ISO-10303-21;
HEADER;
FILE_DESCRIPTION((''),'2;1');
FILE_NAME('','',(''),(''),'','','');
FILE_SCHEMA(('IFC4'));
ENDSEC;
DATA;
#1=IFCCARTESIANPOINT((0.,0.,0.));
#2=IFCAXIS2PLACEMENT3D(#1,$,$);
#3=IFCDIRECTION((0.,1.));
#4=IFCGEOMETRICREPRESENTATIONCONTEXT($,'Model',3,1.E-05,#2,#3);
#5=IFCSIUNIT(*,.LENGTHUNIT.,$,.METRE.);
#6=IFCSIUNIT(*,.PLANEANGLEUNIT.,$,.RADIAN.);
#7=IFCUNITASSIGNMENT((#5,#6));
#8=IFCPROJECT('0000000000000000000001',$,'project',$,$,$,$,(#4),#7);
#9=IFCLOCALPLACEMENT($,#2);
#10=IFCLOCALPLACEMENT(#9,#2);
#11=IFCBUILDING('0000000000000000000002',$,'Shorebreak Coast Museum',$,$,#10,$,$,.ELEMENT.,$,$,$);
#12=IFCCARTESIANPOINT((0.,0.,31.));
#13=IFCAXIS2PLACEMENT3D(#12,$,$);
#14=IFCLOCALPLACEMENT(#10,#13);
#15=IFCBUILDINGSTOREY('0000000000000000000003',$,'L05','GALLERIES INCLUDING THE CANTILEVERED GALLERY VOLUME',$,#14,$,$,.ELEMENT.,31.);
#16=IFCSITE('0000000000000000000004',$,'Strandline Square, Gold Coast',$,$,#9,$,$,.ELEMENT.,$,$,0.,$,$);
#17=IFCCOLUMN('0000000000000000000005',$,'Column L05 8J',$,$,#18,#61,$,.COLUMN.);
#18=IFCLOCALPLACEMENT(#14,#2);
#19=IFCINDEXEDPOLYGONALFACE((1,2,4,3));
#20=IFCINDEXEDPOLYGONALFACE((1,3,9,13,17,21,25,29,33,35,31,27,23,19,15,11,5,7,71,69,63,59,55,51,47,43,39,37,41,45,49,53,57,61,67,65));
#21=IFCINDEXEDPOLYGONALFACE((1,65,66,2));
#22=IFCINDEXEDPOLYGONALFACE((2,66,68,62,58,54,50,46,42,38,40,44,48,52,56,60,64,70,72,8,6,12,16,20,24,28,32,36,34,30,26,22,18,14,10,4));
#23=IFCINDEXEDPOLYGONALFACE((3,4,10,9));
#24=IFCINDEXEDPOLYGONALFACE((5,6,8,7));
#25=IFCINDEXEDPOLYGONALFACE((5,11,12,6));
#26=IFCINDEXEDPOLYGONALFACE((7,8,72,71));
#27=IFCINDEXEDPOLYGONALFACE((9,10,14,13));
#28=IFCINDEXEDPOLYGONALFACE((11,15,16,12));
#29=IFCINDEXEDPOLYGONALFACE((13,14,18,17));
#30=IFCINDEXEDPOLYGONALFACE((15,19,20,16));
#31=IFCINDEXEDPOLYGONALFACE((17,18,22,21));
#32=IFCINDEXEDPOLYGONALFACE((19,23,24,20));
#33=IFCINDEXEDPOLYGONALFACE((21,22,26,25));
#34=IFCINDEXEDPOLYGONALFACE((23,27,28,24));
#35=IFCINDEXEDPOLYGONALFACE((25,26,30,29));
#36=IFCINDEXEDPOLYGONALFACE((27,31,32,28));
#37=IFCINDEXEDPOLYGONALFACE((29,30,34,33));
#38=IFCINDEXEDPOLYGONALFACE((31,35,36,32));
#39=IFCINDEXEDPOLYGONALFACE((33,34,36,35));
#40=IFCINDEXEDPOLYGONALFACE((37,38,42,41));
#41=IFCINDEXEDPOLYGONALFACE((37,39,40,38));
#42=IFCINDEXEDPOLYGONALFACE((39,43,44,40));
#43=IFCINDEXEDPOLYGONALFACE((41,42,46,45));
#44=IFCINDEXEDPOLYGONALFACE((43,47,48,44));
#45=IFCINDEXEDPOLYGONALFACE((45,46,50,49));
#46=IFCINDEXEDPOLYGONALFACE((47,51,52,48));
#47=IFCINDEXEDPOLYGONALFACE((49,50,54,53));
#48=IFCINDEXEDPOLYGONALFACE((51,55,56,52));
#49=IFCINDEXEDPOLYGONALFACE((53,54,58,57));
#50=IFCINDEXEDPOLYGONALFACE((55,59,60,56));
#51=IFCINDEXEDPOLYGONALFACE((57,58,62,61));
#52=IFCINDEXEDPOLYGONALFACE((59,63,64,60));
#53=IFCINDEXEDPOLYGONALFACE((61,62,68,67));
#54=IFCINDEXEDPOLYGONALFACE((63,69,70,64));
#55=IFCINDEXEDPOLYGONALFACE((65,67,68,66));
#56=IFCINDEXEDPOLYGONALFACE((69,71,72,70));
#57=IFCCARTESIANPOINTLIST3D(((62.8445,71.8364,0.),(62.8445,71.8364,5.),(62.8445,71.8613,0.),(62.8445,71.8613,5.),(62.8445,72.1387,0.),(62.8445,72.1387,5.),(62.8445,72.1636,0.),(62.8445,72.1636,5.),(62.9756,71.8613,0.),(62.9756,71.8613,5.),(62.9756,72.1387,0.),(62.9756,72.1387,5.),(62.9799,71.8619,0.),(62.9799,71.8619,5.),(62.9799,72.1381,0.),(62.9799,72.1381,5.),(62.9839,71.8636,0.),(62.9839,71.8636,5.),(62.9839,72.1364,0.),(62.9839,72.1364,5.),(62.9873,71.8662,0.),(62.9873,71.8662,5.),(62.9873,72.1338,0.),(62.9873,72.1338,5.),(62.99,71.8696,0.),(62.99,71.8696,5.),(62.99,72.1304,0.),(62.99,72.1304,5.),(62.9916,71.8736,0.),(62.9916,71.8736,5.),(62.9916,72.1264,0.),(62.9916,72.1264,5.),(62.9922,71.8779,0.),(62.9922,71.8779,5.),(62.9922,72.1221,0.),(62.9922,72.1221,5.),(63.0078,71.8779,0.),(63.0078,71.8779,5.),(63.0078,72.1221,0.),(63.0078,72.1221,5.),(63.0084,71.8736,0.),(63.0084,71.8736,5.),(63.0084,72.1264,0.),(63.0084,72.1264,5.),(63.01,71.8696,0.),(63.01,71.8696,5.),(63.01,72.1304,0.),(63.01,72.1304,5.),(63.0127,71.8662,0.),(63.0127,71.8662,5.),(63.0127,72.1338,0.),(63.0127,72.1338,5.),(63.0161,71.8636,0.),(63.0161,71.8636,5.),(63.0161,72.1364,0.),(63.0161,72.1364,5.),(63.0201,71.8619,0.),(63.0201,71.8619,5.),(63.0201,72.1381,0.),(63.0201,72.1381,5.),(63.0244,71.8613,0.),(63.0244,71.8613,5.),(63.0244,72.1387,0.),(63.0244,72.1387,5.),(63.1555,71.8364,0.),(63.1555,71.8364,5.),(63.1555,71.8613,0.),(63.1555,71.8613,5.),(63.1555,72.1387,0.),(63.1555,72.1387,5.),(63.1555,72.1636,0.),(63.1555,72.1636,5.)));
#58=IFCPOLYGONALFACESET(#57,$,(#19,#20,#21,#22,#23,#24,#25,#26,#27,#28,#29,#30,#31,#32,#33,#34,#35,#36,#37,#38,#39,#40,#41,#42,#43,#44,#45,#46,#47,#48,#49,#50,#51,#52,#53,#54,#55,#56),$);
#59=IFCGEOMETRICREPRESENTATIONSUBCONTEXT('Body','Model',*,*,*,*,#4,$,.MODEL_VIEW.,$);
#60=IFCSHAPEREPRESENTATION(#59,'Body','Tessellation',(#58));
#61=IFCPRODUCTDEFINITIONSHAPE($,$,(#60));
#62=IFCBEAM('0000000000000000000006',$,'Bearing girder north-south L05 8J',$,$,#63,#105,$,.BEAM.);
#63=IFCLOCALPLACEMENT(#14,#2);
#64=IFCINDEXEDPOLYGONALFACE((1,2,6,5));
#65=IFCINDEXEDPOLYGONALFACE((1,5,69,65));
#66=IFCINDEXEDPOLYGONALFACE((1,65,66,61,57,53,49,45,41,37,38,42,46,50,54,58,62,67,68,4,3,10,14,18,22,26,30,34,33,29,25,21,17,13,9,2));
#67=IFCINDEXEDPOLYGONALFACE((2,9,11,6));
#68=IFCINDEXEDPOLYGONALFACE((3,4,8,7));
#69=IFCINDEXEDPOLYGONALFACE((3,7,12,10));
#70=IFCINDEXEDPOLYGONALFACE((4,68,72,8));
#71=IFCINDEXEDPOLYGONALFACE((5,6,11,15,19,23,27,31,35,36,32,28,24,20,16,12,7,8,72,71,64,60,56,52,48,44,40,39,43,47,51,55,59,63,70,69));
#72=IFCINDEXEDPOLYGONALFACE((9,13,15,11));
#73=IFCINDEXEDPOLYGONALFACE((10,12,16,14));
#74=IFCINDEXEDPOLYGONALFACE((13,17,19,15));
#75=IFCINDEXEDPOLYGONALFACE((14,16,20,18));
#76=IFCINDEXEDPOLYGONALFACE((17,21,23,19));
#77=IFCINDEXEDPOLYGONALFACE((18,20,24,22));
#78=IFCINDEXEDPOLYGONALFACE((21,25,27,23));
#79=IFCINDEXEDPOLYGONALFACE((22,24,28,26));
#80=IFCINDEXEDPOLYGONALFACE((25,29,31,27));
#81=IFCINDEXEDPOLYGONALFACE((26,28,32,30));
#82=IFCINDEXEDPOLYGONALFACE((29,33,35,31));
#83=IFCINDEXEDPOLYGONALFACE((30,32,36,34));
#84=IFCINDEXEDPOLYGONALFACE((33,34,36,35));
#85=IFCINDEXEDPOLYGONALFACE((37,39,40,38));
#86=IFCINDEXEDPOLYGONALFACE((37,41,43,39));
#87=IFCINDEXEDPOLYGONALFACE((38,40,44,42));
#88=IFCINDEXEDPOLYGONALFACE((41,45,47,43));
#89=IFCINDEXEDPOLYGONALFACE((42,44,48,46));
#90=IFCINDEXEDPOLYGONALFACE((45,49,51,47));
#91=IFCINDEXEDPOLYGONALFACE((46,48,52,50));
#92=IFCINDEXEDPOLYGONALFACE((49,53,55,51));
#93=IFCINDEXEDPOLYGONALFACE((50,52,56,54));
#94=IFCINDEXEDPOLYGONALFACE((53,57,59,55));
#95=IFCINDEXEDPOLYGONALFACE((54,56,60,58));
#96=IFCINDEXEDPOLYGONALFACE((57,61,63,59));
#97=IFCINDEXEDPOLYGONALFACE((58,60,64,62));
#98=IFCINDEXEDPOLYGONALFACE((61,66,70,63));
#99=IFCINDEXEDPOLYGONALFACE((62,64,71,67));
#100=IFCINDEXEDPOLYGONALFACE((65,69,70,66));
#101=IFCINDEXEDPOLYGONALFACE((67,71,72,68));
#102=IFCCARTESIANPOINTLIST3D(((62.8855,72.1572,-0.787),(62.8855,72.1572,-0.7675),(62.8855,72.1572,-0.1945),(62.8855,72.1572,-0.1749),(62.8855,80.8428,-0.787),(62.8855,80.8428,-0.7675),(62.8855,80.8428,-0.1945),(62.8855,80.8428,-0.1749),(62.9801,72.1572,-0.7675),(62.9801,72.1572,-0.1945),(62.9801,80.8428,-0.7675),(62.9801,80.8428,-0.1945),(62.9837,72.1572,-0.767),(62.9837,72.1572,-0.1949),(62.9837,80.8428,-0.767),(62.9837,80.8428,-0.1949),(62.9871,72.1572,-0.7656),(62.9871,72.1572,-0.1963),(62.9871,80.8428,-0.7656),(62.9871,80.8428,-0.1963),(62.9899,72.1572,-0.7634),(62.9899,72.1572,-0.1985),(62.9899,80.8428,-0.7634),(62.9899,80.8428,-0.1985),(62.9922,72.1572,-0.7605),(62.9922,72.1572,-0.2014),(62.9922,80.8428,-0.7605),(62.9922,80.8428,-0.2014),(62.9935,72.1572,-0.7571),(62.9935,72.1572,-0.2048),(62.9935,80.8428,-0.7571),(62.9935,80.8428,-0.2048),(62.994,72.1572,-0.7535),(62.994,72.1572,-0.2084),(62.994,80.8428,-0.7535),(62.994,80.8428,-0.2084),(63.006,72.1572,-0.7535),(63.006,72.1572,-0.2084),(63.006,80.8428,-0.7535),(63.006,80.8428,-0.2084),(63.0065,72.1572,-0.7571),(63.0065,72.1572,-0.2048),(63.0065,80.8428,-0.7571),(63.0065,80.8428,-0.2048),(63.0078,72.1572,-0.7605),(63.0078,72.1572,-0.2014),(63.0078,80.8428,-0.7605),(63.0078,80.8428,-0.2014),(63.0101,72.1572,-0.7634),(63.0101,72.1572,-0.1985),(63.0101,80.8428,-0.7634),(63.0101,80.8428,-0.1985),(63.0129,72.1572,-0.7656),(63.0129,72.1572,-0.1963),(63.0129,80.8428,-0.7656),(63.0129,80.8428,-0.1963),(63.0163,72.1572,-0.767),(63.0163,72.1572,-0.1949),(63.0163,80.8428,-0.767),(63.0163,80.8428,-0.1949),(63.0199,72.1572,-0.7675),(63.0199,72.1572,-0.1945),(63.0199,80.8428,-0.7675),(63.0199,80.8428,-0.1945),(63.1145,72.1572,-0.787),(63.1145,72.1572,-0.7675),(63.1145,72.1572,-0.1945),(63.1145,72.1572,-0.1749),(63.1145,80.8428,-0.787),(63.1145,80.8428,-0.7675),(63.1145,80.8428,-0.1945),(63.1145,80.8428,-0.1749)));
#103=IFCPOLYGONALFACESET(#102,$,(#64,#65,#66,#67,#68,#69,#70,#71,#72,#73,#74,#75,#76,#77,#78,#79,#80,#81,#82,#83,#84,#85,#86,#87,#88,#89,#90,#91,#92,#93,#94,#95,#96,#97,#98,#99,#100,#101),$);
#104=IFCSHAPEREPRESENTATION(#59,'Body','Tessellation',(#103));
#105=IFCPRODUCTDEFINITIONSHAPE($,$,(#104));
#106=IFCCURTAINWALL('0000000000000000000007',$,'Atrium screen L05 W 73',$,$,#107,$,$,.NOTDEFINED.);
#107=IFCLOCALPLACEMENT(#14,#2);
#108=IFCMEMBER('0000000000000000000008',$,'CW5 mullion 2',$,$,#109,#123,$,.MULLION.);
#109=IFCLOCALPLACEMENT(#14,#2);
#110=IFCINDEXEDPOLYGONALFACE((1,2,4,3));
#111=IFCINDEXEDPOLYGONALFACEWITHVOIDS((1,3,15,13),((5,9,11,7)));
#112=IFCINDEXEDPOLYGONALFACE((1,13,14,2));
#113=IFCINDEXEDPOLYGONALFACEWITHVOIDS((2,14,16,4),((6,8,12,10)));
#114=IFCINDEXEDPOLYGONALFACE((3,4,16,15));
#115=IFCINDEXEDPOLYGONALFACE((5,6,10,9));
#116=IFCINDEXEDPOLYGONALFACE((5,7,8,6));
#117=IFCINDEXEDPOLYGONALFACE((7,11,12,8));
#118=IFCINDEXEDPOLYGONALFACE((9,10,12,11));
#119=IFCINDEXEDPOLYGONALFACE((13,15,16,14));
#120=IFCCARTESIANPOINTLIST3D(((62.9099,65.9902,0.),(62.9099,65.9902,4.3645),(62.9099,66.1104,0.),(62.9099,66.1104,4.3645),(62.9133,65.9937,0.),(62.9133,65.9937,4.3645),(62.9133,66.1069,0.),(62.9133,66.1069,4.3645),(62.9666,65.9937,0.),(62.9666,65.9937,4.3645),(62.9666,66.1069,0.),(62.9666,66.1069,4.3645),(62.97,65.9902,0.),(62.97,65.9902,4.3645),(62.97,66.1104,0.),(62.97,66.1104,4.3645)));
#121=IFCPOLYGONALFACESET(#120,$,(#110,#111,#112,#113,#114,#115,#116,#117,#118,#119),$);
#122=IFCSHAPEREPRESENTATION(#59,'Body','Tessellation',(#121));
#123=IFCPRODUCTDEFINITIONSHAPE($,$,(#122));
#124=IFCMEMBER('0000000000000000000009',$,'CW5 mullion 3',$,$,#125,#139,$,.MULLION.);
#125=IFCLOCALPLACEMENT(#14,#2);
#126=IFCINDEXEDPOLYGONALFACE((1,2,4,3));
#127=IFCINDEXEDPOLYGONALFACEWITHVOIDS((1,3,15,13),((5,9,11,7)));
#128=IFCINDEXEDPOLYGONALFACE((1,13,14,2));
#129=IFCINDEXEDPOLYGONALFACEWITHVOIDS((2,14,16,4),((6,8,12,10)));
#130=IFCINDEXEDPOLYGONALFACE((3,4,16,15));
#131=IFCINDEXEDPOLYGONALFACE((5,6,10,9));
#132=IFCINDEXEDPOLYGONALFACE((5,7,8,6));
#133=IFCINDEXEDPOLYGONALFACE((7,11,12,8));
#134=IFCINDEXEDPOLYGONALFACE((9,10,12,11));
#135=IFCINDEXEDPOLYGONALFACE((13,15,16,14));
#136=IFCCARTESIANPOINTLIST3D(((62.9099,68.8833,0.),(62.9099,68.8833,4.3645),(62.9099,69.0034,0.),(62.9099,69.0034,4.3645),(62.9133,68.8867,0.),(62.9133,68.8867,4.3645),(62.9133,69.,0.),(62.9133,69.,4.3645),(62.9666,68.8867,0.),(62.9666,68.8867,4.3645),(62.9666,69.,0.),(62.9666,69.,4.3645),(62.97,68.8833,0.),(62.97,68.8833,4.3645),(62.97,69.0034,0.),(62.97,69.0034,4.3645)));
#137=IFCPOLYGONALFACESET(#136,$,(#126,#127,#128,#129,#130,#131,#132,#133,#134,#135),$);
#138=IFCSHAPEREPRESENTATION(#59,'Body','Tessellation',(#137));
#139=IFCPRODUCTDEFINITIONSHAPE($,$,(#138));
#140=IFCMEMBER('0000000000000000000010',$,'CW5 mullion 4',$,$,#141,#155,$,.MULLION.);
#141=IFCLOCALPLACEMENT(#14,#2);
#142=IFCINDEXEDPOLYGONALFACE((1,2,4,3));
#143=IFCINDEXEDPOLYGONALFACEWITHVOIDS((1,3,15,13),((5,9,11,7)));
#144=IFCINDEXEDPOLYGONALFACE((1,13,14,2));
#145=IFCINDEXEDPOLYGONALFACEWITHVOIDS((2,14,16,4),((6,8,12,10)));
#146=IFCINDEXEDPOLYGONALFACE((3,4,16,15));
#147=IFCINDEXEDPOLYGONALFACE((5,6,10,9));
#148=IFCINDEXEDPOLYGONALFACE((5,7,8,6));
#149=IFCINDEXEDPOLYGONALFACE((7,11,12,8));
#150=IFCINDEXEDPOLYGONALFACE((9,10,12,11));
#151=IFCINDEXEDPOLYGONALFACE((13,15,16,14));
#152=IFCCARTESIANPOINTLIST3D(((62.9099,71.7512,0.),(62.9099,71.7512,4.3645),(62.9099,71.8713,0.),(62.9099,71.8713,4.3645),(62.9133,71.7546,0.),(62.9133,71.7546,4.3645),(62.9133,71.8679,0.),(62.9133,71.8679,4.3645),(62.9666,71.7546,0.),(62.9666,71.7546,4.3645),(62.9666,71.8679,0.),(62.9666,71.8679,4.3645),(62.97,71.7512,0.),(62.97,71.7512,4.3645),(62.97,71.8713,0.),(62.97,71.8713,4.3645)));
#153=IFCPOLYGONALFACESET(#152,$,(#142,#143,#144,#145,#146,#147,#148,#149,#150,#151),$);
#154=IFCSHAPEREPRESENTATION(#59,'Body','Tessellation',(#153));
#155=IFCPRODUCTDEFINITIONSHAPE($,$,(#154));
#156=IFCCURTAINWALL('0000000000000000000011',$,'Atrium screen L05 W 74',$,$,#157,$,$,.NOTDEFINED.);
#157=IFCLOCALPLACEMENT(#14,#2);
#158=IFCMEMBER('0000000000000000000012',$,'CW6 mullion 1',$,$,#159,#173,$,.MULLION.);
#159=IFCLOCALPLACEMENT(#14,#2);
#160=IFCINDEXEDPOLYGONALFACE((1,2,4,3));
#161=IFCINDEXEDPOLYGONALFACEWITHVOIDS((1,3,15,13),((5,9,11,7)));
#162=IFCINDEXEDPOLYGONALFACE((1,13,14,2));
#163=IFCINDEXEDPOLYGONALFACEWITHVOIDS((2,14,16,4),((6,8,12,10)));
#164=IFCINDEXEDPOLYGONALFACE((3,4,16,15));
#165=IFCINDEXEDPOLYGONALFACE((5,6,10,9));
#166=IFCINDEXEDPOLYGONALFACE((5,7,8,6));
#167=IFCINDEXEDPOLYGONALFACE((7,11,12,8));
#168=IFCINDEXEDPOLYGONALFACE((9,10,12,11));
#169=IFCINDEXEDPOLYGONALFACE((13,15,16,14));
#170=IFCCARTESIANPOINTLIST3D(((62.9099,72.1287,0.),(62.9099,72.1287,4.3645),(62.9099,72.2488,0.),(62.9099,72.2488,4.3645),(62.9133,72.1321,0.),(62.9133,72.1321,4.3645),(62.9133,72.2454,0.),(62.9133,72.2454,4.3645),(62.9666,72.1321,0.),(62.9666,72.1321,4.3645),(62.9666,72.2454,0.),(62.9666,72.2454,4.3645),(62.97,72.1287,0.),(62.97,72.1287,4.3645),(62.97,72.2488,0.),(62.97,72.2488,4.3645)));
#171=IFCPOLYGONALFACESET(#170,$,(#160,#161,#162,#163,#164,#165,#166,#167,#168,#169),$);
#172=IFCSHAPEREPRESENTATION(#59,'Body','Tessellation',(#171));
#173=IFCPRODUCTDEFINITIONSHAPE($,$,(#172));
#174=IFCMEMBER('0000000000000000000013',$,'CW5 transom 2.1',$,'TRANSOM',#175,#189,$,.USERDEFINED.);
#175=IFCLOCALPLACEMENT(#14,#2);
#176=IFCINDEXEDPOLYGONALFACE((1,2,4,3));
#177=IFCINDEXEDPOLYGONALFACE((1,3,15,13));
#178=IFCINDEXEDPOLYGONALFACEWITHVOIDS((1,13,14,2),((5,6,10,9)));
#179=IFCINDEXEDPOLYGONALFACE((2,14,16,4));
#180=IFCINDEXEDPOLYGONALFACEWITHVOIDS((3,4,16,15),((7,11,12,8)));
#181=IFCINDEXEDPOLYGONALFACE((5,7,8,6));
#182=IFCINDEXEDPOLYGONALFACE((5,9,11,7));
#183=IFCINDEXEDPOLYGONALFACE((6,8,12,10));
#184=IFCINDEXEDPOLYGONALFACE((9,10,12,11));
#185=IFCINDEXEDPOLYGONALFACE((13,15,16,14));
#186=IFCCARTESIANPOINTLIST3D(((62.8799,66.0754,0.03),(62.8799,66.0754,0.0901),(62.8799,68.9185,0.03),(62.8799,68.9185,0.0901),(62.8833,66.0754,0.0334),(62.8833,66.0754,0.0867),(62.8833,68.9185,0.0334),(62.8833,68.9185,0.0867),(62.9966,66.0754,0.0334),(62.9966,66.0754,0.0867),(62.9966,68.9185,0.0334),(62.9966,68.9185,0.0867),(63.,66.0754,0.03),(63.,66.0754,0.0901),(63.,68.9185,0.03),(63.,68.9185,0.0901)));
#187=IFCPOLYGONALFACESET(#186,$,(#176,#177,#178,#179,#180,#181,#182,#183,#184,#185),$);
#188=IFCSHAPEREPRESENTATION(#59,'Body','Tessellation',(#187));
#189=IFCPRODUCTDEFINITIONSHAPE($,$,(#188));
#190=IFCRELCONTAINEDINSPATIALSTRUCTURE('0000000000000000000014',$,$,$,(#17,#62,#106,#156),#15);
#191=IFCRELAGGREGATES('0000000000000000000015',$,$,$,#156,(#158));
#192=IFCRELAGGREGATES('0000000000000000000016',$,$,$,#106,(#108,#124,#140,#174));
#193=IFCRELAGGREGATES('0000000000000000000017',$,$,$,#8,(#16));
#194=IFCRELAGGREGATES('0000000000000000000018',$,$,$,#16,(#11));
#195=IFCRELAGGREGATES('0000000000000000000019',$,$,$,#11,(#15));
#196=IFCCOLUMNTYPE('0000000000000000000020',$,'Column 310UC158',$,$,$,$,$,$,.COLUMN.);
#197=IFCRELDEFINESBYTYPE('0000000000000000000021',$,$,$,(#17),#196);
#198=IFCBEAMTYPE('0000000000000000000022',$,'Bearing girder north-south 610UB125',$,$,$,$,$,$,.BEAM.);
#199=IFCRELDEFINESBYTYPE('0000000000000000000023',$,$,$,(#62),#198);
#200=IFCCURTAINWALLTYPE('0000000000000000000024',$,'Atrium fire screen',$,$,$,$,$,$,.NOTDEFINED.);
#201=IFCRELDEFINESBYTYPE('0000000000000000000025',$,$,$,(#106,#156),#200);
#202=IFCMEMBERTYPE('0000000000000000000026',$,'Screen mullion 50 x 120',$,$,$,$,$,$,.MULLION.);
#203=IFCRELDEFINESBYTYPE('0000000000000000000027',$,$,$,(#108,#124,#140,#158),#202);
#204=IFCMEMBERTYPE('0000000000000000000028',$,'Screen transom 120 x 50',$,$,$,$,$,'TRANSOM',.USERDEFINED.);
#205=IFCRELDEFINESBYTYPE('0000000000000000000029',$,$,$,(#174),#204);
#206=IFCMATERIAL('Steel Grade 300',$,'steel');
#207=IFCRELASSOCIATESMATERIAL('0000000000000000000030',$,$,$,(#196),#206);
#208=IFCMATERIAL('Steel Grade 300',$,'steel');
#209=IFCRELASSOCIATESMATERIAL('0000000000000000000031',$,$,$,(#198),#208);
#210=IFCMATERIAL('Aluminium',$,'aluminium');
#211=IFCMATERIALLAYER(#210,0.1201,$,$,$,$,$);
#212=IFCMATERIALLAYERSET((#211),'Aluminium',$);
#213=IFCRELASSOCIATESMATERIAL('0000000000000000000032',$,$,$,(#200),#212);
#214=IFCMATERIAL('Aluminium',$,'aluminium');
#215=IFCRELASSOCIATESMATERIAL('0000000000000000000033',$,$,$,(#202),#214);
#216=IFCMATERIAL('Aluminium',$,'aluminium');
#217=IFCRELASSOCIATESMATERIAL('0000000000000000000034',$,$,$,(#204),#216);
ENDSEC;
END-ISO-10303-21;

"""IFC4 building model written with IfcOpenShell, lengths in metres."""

from ifc_helpers import new_model, si_unit, direction, frame, origin, origin_2d, place, context, subcontext, project, spatial, hollow_rectangle, i_section, extrude, material, layer, layer_set, material_profile, profile_set, type_object, element, aggregate, save


model = new_model("IFC4")

# Units and contexts
model_context = context("Model", 3, precision=1e-05, world=origin(), true_north=direction((0.0, 1.0)))
body_context = subcontext(model_context, "Body", "Model", "MODEL_VIEW")
ifc_project = project(units=[si_unit("LENGTHUNIT", "METRE"), si_unit("PLANEANGLEUNIT", "RADIAN")], contexts=[model_context])

# Site, building, storey
site_placement = place(None, origin())
site = spatial("IfcSite", under=ifc_project, at=site_placement, Name="Strandline Square, Gold Coast", CompositionType="ELEMENT", RefElevation=0.0)
building_placement = place(site_placement, origin())
building = spatial("IfcBuilding", under=site, at=building_placement, Name="Shorebreak Coast Museum", CompositionType="ELEMENT")
storey_placement = place(building_placement, frame((0.0, 0.0, 31.0)))
storey = spatial("IfcBuildingStorey", under=building, at=storey_placement, Name="L05", Description="GALLERIES INCLUDING THE CANTILEVERED GALLERY VOLUME", CompositionType="ELEMENT", Elevation=31.0)

# Column
ifc_material_1 = material(Name="Steel Grade 300", Category="steel")
ifc_material_profile_1 = material_profile(ifc_material_1, i_section(OverallWidth=0.311, OverallDepth=0.3271, WebThickness=0.0156, FlangeThickness=0.0249, FilletRadius=0.0166, at=origin_2d()), Name="310UC158")
ifc_profile_set_1 = profile_set([ifc_material_profile_1], Name="Steel Grade 300")
column_type = type_object("IfcColumnType", Name="Column 310UC158", PredefinedType="COLUMN", material=ifc_profile_set_1)
column_placement = place(storey_placement, frame((63.0, 72.0, 0.0), z_axis=(0.0, 0.0, 1.0), x_axis=(1.0, 0.0, 0.0)))
element("IfcColumn", 1, at=column_placement, inside=storey, type_object=column_type, Name="Column L05 8J", PredefinedType="COLUMN", context=body_context, shape_type="SweptSolid", body=[
    extrude(i_section(OverallWidth=0.311, OverallDepth=0.3271, WebThickness=0.0156, FlangeThickness=0.0249, FilletRadius=0.0166, at=origin_2d()), origin(), (0.0, 0.0, 1.0), 5.0),
])

# Beam
ifc_material_2 = material(Name="Steel Grade 300", Category="steel")
ifc_material_profile_2 = material_profile(ifc_material_2, i_section(OverallWidth=0.229, OverallDepth=0.6121, WebThickness=0.012, FlangeThickness=0.0195, FilletRadius=0.0139, at=origin_2d()), Name="610UB125")
ifc_profile_set_2 = profile_set([ifc_material_profile_2], Name="Steel Grade 300")
beam_type = type_object("IfcBeamType", Name="Bearing girder north-south 610UB125", PredefinedType="BEAM", material=ifc_profile_set_2)
beam_placement = place(storey_placement, frame((63.0, 72.1572, -0.481), z_axis=(0.0, 1.0, 0.0), x_axis=(-1.0, 0.0, 0.0)))
element("IfcBeam", 2, at=beam_placement, inside=storey, type_object=beam_type, Name="Bearing girder north-south L05 8J", PredefinedType="BEAM", context=body_context, shape_type="SweptSolid", body=[
    extrude(i_section(OverallWidth=0.229, OverallDepth=0.6121, WebThickness=0.012, FlangeThickness=0.0195, FilletRadius=0.0139, at=origin_2d()), origin(), (0.0, 0.0, 1.0), 8.6855),
])

# Curtain wall, members
ifc_material_3 = material(Name="Aluminium", Category="aluminium")
ifc_layer_1 = layer(ifc_material_3, 0.1201)
ifc_layer_set_1 = layer_set([ifc_layer_1], Name="Aluminium")
curtain_wall_type = type_object("IfcCurtainWallType", Name="Atrium fire screen", PredefinedType="NOTDEFINED", material=ifc_layer_set_1)
curtain_wall_1_placement = place(storey_placement, origin())
curtain_wall_1 = element("IfcCurtainWall", 3, at=curtain_wall_1_placement, inside=storey, type_object=curtain_wall_type, Name="Atrium screen L05 W 73", PredefinedType="NOTDEFINED")
ifc_material_4 = material(Name="Aluminium", Category="aluminium")
ifc_material_profile_3 = material_profile(ifc_material_4, hollow_rectangle(XDim=0.0601, YDim=0.1201, WallThickness=0.0034, at=origin_2d()), Name="AL 120x60 RHS")
ifc_profile_set_3 = profile_set([ifc_material_profile_3], Name="Aluminium")
member_type_1 = type_object("IfcMemberType", Name="Screen mullion 50 x 120", PredefinedType="MULLION", material=ifc_profile_set_3)
member_1_placement = place(storey_placement, frame((62.9399, 66.0503, 0.0), z_axis=(0.0, 0.0, 1.0), x_axis=(-1.0, 0.0, 0.0)))
member_1 = element("IfcMember", 4, at=member_1_placement, type_object=member_type_1, Name="CW5 mullion 2", PredefinedType="MULLION", context=body_context, shape_type="SweptSolid", body=[
    extrude(hollow_rectangle(XDim=0.0601, YDim=0.1201, WallThickness=0.0034, at=origin_2d()), origin(), (0.0, 0.0, 1.0), 4.3645),
])
member_2_placement = place(storey_placement, frame((62.9399, 68.9434, 0.0), z_axis=(0.0, 0.0, 1.0), x_axis=(-1.0, 0.0, 0.0)))
member_2 = element("IfcMember", 5, at=member_2_placement, type_object=member_type_1, Name="CW5 mullion 3", PredefinedType="MULLION", context=body_context, shape_type="SweptSolid", body=[
    extrude(hollow_rectangle(XDim=0.0601, YDim=0.1201, WallThickness=0.0034, at=origin_2d()), origin(), (0.0, 0.0, 1.0), 4.3645),
])
member_3_placement = place(storey_placement, frame((62.9399, 71.8113, 0.0), z_axis=(0.0, 0.0, 1.0), x_axis=(-1.0, 0.0, 0.0)))
member_3 = element("IfcMember", 6, at=member_3_placement, type_object=member_type_1, Name="CW5 mullion 4", PredefinedType="MULLION", context=body_context, shape_type="SweptSolid", body=[
    extrude(hollow_rectangle(XDim=0.0601, YDim=0.1201, WallThickness=0.0034, at=origin_2d()), origin(), (0.0, 0.0, 1.0), 4.3645),
])

# Curtain wall, member
curtain_wall_2_placement = place(storey_placement, origin())
curtain_wall_2 = element("IfcCurtainWall", 7, at=curtain_wall_2_placement, inside=storey, type_object=curtain_wall_type, Name="Atrium screen L05 W 74", PredefinedType="NOTDEFINED")
member_4_placement = place(storey_placement, frame((62.9399, 72.1887, 0.0), z_axis=(0.0, 0.0, 1.0), x_axis=(-1.0, 0.0, 0.0)))
member_4 = element("IfcMember", 8, at=member_4_placement, type_object=member_type_1, Name="CW6 mullion 1", PredefinedType="MULLION", context=body_context, shape_type="SweptSolid", body=[
    extrude(hollow_rectangle(XDim=0.0601, YDim=0.1201, WallThickness=0.0034, at=origin_2d()), origin(), (0.0, 0.0, 1.0), 4.3645),
])

# Member
ifc_material_5 = material(Name="Aluminium", Category="aluminium")
ifc_material_profile_4 = material_profile(ifc_material_5, hollow_rectangle(XDim=0.1201, YDim=0.0601, WallThickness=0.0034, at=origin_2d()), Name="AL 60x120 RHS")
ifc_profile_set_4 = profile_set([ifc_material_profile_4], Name="Aluminium")
member_type_2 = type_object("IfcMemberType", Name="Screen transom 120 x 50", ElementType="TRANSOM", PredefinedType="USERDEFINED", material=ifc_profile_set_4)
member_5_placement = place(storey_placement, frame((62.9399, 66.0754, 0.0601), z_axis=(0.0, 1.0, 0.0), x_axis=(-1.0, 0.0, 0.0)))
member_5 = element("IfcMember", 9, at=member_5_placement, type_object=member_type_2, Name="CW5 transom 2.1", ObjectType="TRANSOM", PredefinedType="USERDEFINED", context=body_context, shape_type="SweptSolid", body=[
    extrude(hollow_rectangle(XDim=0.1201, YDim=0.0601, WallThickness=0.0034, at=origin_2d()), origin(), (0.0, 0.0, 1.0), 2.843),
])
aggregate(curtain_wall_2, [member_4])

aggregate(curtain_wall_1, [member_1, member_2, member_3, member_5])

save(model, "model.ifc")
